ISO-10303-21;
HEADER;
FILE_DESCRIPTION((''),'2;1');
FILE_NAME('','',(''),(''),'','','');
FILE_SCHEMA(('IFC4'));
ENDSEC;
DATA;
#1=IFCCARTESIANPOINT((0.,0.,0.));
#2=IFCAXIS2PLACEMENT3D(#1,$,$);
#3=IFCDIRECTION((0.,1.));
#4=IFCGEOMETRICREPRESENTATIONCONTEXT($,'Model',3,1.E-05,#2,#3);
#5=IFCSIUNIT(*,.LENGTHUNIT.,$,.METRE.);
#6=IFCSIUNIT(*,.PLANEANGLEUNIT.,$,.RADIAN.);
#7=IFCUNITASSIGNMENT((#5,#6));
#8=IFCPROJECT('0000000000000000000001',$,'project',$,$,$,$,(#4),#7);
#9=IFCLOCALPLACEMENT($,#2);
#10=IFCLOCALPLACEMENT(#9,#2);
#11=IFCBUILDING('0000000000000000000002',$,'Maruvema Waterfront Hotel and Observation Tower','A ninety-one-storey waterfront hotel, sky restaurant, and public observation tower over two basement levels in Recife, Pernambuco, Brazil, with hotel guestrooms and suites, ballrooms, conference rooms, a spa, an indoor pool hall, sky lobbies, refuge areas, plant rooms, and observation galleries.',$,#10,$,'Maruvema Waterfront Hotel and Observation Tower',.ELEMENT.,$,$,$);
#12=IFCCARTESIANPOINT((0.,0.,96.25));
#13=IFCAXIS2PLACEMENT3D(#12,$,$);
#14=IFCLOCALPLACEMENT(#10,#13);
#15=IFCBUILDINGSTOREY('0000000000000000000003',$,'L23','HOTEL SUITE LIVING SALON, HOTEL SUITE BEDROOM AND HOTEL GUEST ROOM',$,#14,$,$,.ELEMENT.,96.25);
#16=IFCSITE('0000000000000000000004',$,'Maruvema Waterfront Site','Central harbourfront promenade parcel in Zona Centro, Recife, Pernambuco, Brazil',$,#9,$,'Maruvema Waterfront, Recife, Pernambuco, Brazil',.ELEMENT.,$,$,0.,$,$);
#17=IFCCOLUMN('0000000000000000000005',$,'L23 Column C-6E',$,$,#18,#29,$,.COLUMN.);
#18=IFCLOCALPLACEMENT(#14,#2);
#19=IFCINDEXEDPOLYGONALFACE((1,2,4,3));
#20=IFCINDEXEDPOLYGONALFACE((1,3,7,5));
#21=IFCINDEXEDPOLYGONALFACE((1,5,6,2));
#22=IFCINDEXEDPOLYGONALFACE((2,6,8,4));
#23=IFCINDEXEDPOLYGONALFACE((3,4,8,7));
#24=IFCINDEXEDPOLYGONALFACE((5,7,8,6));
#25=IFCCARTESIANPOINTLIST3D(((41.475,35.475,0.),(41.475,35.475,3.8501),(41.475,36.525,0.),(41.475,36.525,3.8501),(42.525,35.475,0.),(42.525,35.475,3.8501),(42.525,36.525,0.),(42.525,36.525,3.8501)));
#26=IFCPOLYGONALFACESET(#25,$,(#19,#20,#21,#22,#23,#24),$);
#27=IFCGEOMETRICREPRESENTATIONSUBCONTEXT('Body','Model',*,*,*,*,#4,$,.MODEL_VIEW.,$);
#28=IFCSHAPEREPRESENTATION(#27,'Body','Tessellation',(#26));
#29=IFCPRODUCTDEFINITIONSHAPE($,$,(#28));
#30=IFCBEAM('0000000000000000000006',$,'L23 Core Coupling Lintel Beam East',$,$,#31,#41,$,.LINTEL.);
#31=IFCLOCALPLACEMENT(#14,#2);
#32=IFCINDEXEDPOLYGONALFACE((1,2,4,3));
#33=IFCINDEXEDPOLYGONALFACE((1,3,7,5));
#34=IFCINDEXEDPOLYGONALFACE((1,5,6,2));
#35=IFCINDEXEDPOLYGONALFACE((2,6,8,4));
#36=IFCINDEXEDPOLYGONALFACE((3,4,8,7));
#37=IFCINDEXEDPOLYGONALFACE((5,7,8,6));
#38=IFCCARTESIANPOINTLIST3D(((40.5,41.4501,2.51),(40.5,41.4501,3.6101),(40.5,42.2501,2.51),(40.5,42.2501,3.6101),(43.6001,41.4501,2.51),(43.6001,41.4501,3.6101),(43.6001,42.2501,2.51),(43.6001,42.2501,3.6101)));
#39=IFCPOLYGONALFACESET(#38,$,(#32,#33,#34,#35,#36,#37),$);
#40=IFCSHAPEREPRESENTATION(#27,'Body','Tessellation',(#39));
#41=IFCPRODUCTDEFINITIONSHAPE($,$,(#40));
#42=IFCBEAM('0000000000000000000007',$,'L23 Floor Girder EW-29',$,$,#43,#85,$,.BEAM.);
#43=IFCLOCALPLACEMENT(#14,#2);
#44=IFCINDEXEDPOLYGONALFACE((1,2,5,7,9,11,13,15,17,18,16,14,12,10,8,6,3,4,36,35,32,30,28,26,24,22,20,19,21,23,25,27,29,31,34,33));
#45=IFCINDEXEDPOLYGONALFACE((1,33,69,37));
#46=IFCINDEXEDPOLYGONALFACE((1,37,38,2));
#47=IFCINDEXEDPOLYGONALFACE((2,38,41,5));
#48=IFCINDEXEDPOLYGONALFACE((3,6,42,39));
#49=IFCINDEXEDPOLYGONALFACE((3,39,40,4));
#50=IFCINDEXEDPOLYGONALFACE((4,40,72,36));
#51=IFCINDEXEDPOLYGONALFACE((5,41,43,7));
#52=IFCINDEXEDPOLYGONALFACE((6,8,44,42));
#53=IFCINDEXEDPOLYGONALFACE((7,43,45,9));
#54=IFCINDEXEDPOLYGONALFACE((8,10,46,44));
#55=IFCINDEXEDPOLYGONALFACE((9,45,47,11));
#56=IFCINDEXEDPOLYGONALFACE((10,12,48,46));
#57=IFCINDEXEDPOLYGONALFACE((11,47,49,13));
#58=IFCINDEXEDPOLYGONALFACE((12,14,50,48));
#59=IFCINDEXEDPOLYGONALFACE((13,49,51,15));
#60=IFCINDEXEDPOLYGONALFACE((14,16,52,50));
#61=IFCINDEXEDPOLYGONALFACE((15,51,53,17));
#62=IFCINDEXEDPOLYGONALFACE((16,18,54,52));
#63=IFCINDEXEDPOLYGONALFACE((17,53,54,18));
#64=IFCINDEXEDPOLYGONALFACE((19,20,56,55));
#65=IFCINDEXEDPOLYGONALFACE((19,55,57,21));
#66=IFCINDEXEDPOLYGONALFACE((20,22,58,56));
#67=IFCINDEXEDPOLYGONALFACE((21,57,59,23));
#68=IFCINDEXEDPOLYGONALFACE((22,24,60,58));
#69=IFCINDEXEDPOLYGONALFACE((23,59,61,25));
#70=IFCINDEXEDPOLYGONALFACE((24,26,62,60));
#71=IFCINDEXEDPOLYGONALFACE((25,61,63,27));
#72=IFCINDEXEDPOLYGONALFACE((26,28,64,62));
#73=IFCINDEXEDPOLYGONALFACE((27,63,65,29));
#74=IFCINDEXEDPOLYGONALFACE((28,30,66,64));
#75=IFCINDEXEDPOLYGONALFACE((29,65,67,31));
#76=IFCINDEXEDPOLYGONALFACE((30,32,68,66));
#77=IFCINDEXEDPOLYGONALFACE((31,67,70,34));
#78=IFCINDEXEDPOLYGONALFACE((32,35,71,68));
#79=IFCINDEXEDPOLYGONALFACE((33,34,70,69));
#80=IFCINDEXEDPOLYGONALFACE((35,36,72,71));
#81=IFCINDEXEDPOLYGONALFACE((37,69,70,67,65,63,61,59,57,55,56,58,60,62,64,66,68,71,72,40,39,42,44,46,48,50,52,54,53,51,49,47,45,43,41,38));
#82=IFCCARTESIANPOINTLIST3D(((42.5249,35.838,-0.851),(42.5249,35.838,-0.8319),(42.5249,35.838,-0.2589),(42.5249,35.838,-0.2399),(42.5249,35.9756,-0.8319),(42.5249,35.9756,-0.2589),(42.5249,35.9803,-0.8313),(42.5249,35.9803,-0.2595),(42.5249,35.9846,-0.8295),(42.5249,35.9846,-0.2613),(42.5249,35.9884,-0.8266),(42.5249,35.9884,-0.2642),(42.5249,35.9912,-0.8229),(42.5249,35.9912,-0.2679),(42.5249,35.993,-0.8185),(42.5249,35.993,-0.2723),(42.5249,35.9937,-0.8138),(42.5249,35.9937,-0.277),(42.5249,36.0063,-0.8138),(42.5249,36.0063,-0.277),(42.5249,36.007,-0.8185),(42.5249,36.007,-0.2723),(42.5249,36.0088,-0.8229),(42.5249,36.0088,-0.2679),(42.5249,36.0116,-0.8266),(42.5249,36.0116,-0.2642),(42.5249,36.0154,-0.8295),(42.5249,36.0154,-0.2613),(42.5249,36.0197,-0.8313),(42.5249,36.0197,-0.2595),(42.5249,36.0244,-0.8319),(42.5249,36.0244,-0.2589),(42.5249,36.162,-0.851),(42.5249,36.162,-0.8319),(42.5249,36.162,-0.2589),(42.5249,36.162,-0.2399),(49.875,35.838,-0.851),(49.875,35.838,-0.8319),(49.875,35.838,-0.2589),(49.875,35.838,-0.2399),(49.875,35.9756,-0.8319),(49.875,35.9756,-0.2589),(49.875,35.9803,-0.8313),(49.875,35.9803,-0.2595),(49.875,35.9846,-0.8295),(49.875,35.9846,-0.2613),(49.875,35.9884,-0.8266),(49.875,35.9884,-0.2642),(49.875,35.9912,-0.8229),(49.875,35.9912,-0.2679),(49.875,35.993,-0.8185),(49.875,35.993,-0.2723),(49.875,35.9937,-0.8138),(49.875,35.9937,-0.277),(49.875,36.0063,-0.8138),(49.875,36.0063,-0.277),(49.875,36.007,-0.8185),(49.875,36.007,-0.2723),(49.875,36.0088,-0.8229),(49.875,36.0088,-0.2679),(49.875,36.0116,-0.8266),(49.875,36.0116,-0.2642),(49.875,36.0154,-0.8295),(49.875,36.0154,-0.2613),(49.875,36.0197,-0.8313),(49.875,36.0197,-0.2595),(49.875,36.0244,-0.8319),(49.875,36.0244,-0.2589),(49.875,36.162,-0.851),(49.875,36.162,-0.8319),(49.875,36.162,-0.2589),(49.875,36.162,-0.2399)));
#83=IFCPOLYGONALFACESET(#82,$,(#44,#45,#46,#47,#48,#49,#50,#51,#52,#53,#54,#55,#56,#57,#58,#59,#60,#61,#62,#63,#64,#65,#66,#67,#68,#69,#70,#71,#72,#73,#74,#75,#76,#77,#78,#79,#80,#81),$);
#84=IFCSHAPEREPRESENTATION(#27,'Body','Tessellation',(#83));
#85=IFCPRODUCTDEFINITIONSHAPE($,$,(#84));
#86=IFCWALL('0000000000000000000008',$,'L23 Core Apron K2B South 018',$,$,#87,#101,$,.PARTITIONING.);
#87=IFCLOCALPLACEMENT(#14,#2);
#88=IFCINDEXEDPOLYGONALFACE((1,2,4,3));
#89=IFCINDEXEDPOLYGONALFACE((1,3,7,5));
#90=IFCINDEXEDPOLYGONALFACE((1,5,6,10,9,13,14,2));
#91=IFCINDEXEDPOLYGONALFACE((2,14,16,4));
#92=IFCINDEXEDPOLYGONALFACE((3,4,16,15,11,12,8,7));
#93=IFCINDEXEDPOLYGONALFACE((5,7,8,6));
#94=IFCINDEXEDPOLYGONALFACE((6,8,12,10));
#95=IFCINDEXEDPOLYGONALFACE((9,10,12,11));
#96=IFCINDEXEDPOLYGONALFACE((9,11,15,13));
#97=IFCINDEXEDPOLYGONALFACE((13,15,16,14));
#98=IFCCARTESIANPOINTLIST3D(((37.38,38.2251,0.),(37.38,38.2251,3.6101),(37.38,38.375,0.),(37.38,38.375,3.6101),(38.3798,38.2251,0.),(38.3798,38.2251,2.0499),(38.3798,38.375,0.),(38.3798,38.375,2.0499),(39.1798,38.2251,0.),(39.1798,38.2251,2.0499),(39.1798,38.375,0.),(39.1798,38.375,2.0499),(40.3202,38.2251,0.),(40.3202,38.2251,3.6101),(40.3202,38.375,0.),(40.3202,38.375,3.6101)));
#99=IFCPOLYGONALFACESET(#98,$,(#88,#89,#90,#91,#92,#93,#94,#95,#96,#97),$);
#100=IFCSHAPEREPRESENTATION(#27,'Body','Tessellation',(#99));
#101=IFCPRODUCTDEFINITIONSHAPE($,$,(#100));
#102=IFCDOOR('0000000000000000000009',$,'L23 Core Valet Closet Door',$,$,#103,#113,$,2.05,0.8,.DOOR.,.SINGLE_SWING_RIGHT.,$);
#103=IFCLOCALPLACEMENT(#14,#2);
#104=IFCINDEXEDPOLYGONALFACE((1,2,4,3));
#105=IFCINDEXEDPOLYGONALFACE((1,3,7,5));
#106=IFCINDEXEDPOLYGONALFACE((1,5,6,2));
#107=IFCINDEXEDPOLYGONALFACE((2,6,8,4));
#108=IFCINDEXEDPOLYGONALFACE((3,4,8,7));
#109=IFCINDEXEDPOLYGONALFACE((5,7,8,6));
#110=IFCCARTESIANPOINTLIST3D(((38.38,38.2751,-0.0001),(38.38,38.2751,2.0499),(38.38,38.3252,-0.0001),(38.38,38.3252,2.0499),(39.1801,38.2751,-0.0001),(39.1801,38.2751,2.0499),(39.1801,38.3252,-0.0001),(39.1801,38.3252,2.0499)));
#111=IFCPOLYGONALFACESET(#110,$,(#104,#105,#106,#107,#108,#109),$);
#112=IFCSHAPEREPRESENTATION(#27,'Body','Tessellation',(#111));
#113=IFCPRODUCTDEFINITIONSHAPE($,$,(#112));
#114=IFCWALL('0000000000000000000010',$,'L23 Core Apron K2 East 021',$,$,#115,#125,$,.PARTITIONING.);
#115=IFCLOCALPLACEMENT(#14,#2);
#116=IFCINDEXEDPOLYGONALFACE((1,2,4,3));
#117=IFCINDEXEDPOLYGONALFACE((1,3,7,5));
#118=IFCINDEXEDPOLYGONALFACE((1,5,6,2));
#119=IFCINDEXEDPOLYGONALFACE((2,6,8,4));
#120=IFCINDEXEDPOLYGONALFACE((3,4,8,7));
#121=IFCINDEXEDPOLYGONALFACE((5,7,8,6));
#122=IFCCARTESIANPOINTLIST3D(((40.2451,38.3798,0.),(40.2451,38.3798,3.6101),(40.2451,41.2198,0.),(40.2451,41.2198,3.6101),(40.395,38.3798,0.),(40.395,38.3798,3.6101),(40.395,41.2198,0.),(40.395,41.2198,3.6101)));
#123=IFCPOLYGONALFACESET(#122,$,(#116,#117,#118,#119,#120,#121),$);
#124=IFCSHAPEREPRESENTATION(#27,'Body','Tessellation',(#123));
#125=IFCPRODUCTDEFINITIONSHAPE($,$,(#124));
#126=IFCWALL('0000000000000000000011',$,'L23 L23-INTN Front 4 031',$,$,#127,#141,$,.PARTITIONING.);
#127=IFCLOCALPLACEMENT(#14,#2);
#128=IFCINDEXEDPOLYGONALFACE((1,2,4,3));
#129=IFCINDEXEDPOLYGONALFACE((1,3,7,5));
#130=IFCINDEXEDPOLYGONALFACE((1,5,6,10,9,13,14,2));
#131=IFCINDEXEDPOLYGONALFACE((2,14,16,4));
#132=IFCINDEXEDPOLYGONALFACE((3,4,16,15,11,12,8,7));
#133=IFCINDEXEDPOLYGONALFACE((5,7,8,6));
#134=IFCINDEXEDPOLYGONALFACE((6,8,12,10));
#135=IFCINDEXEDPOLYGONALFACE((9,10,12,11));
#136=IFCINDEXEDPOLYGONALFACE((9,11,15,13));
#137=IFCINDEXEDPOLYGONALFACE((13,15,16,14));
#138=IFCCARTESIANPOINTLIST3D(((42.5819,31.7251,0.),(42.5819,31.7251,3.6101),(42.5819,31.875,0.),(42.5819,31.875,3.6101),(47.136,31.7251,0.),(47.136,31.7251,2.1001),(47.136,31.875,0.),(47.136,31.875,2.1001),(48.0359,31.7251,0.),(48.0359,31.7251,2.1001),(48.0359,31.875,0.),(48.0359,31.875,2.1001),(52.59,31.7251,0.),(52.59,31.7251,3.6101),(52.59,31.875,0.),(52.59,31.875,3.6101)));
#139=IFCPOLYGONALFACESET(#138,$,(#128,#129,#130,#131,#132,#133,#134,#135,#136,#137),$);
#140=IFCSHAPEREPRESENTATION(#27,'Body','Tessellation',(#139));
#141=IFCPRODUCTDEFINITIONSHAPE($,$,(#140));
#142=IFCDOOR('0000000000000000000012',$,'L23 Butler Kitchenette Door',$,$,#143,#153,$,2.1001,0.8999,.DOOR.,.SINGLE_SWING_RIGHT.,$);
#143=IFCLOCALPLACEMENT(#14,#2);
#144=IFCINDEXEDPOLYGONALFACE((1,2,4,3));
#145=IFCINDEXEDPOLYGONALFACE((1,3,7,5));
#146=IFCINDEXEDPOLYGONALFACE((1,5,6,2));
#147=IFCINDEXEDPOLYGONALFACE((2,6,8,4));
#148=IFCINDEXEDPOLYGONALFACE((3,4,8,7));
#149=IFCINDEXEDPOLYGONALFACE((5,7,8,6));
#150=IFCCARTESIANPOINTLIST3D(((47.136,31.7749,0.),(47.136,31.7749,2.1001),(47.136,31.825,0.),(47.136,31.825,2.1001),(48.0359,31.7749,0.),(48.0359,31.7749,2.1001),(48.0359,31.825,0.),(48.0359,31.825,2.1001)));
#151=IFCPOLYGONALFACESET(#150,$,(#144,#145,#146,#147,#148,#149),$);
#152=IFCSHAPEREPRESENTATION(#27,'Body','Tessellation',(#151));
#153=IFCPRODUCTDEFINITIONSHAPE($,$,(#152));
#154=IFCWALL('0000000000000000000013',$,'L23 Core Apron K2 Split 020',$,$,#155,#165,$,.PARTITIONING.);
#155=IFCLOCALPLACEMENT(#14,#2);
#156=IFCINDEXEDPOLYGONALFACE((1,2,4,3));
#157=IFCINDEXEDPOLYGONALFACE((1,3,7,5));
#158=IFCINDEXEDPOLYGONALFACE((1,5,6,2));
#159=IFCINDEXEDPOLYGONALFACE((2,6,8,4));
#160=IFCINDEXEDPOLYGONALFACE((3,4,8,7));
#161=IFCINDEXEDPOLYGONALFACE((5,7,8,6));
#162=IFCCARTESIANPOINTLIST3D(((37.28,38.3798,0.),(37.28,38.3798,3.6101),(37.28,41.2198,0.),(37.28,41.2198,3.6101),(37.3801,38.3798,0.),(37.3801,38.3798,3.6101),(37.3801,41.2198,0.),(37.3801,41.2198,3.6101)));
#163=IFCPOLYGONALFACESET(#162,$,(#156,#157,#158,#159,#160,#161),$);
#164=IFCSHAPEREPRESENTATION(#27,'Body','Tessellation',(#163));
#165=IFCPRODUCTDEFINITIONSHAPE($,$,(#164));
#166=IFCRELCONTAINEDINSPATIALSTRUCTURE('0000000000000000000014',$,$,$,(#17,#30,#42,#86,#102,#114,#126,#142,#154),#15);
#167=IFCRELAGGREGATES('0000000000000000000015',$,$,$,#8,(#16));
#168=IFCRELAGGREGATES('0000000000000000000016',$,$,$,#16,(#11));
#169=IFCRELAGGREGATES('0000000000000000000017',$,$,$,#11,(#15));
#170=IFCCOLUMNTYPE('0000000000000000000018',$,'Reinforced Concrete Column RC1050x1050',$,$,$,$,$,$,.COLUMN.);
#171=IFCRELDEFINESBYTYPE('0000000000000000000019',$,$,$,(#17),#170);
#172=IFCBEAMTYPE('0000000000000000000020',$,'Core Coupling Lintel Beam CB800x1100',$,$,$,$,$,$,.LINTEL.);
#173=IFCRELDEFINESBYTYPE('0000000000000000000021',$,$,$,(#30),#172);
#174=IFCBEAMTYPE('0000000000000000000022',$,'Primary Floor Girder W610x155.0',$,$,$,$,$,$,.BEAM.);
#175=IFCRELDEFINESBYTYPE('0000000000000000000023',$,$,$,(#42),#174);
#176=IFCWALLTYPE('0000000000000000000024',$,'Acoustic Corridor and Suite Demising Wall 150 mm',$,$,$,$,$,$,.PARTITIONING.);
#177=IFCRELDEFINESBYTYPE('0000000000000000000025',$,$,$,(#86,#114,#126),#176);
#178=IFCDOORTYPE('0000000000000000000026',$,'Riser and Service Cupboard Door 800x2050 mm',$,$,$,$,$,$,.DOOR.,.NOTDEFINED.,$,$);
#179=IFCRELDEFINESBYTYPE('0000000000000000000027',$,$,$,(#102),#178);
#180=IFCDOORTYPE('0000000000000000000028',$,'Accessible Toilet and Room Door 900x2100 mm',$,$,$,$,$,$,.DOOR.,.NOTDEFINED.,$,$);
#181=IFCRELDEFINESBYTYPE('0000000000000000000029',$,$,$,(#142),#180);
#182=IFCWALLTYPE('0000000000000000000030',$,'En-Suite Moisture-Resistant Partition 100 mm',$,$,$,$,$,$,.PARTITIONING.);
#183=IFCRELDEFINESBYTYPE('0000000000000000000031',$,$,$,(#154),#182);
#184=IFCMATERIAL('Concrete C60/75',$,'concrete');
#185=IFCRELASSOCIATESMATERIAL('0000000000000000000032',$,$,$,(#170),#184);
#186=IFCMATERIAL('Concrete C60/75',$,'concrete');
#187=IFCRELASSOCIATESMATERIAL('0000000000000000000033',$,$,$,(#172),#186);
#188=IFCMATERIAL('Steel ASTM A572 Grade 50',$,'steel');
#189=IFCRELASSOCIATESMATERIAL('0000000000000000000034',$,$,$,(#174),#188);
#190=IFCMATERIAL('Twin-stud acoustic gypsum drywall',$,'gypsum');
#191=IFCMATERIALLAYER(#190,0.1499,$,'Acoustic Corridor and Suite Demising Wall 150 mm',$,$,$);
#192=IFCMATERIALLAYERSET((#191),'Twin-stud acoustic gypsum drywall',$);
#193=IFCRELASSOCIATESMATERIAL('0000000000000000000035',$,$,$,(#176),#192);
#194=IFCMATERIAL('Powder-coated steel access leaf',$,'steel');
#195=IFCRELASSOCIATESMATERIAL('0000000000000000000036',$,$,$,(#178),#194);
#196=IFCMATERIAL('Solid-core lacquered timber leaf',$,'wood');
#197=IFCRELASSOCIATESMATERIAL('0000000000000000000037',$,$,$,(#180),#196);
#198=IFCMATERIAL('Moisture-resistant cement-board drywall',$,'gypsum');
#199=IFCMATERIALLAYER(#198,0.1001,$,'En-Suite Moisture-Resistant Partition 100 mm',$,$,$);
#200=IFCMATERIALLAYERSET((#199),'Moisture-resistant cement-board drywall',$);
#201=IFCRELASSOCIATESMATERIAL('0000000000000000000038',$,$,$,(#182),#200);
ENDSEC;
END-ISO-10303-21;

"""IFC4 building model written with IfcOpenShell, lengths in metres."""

from ifc_helpers import new_model, si_unit, direction, frame, frame_2d, origin, origin_2d, place, context, subcontext, project, spatial, rectangle, i_section, extrude, material, layer, layer_set, material_profile, profile_set, type_object, element, fill, save


model = new_model("IFC4")

# Units and contexts
model_context = context("Model", 3, precision=1e-05, world=origin(), true_north=direction((0.0, 1.0)))
body_context = subcontext(model_context, "Body", "Model", "MODEL_VIEW")
ifc_project = project(units=[si_unit("LENGTHUNIT", "METRE"), si_unit("PLANEANGLEUNIT", "RADIAN")], contexts=[model_context])

# Site, building, storey
site_placement = place(None, origin())
site = spatial("IfcSite", under=ifc_project, at=site_placement, Name="Maruvema Waterfront Site", Description="Central harbourfront promenade parcel in Zona Centro, Recife, Pernambuco, Brazil", LongName="Maruvema Waterfront, Recife, Pernambuco, Brazil", CompositionType="ELEMENT", RefElevation=0.0)
building_placement = place(site_placement, origin())
building = spatial("IfcBuilding", under=site, at=building_placement, Name="Maruvema Waterfront Hotel and Observation Tower", Description="A ninety-one-storey waterfront hotel, sky restaurant, and public observation tower over two basement levels in Recife, Pernambuco, Brazil, with hotel guestrooms and suites, ballrooms, conference rooms, a spa, an indoor pool hall, sky lobbies, refuge areas, plant rooms, and observation galleries.", LongName="Maruvema Waterfront Hotel and Observation Tower", CompositionType="ELEMENT")
storey_placement = place(building_placement, frame((0.0, 0.0, 96.25)))
storey = spatial("IfcBuildingStorey", under=building, at=storey_placement, Name="L23", Description="HOTEL SUITE LIVING SALON, HOTEL SUITE BEDROOM AND HOTEL GUEST ROOM", CompositionType="ELEMENT", Elevation=96.25)

# Column
ifc_material_1 = material(Name="Concrete C60/75", Category="concrete")
ifc_material_profile_1 = material_profile(ifc_material_1, rectangle(XDim=1.05, YDim=1.05, at=origin_2d()), Name="RC1050x1050")
ifc_profile_set_1 = profile_set([ifc_material_profile_1], Name="Concrete C60/75")
column_type = type_object("IfcColumnType", Name="Reinforced Concrete Column RC1050x1050", PredefinedType="COLUMN", material=ifc_profile_set_1)
column_placement = place(storey_placement, frame((42.0, 36.0, 0.0), z_axis=(0.0, 0.0, 1.0), x_axis=(1.0, 0.0, 0.0)))
element("IfcColumn", 1, at=column_placement, inside=storey, type_object=column_type, Name="L23 Column C-6E", PredefinedType="COLUMN", context=body_context, shape_type="SweptSolid", body=[
    extrude(rectangle(XDim=1.05, YDim=1.05, at=origin_2d()), origin(), (0.0, 0.0, 1.0), 3.8501),
])

# Beams
ifc_material_2 = material(Name="Concrete C60/75", Category="concrete")
ifc_material_profile_2 = material_profile(ifc_material_2, rectangle(XDim=0.8, YDim=1.1001, at=origin_2d()), Name="CB800x1100")
ifc_profile_set_2 = profile_set([ifc_material_profile_2], Name="Concrete C60/75")
beam_type_1 = type_object("IfcBeamType", Name="Core Coupling Lintel Beam CB800x1100", PredefinedType="LINTEL", material=ifc_profile_set_2)
beam_1_placement = place(storey_placement, frame((40.5, 41.8501, 3.0601), z_axis=(1.0, 0.0, 0.0), x_axis=(0.0, 1.0, 0.0)))
element("IfcBeam", 2, at=beam_1_placement, inside=storey, type_object=beam_type_1, Name="L23 Core Coupling Lintel Beam East", PredefinedType="LINTEL", context=body_context, shape_type="SweptSolid", body=[
    extrude(rectangle(XDim=0.8, YDim=1.1001, at=origin_2d()), origin(), (0.0, 0.0, 1.0), 3.1001),
])
ifc_material_3 = material(Name="Steel ASTM A572 Grade 50", Category="steel")
ifc_material_profile_3 = material_profile(ifc_material_3, i_section(OverallWidth=0.324, OverallDepth=0.6111, WebThickness=0.0127, FlangeThickness=0.019, FilletRadius=0.0181, at=origin_2d()), Name="W610x155.0")
ifc_profile_set_3 = profile_set([ifc_material_profile_3], Name="Steel ASTM A572 Grade 50")
beam_type_2 = type_object("IfcBeamType", Name="Primary Floor Girder W610x155.0", PredefinedType="BEAM", material=ifc_profile_set_3)
beam_2_placement = place(storey_placement, frame((42.5249, 36.0, -0.5454), z_axis=(1.0, 0.0, 0.0), x_axis=(0.0, 1.0, 0.0)))
element("IfcBeam", 3, at=beam_2_placement, inside=storey, type_object=beam_type_2, Name="L23 Floor Girder EW-29", PredefinedType="BEAM", context=body_context, shape_type="SweptSolid", body=[
    extrude(i_section(OverallWidth=0.324, OverallDepth=0.6111, WebThickness=0.0127, FlangeThickness=0.019, FilletRadius=0.0181, at=origin_2d()), origin(), (0.0, 0.0, 1.0), 7.3501),
])

# Wall, opening, door
ifc_material_4 = material(Name="Twin-stud acoustic gypsum drywall", Category="gypsum")
ifc_layer_1 = layer(ifc_material_4, 0.1499, Name="Acoustic Corridor and Suite Demising Wall 150 mm")
ifc_layer_set_1 = layer_set([ifc_layer_1], Name="Twin-stud acoustic gypsum drywall")
wall_type_1 = type_object("IfcWallType", Name="Acoustic Corridor and Suite Demising Wall 150 mm", PredefinedType="PARTITIONING", material=ifc_layer_set_1)
wall_1_placement = place(storey_placement, frame((37.3799, 38.3, 0.0), z_axis=(0.0, 0.0, 1.0), x_axis=(1.0, 0.0, 0.0)))
wall_1 = element("IfcWall", 4, at=wall_1_placement, inside=storey, type_object=wall_type_1, Name="L23 Core Apron K2B South 018", PredefinedType="PARTITIONING", context=body_context, shape_type="SweptSolid", body=[
    extrude(rectangle(XDim=2.9402, YDim=0.1499, at=frame_2d((1.4702, 0.0))), origin(), (0.0, 0.0, 1.0), 3.6101),
])
opening_1_placement = place(wall_1_placement, frame((1.0, 0.0, 0.0)))
opening_1 = element("IfcOpeningElement", 5, at=opening_1_placement, cuts=wall_1, PredefinedType="OPENING", context=body_context, shape_type="SweptSolid", body=[
    extrude(rectangle(XDim=0.8, YDim=2.05, at=frame_2d((0.3999, 1.0249))), frame((0.0, 0.085, 0.0), z_axis=(0.0, -1.0, 0.0), x_axis=(1.0, 0.0, 0.0)), (0.0, 0.0, 1.0), 0.1699),
])
ifc_material_5 = material(Name="Powder-coated steel access leaf", Category="steel")
door_type_1 = type_object("IfcDoorType", Name="Riser and Service Cupboard Door 800x2050 mm", OperationType="NOTDEFINED", PredefinedType="DOOR", material=ifc_material_5)
door_1_placement = place(opening_1_placement, frame((0.8, 0.0, 0.0), z_axis=(0.0, 0.0, 1.0), x_axis=(-1.0, 0.0, 0.0)))
door_1 = element("IfcDoor", 6, at=door_1_placement, inside=storey, type_object=door_type_1, Name="L23 Core Valet Closet Door", OperationType="SINGLE_SWING_RIGHT", OverallHeight=2.05, OverallWidth=0.8, PredefinedType="DOOR", context=body_context, shape_type="SweptSolid", body=[
    extrude(rectangle(XDim=0.8, YDim=2.05, at=frame_2d((0.3999, 1.0249))), frame((0.0, 0.0249, 0.0), z_axis=(0.0, -1.0, 0.0), x_axis=(1.0, 0.0, 0.0)), (0.0, 0.0, 1.0), 0.05),
])
fill(opening_1, door_1)

# Wall
wall_2_placement = place(storey_placement, frame((40.3201, 38.3799, 0.0), z_axis=(0.0, 0.0, 1.0), x_axis=(0.0, 1.0, 0.0)))
element("IfcWall", 7, at=wall_2_placement, inside=storey, type_object=wall_type_1, Name="L23 Core Apron K2 East 021", PredefinedType="PARTITIONING", context=body_context, shape_type="SweptSolid", body=[
    extrude(rectangle(XDim=2.8401, YDim=0.1499, at=frame_2d((1.4199, 0.0))), origin(), (0.0, 0.0, 1.0), 3.6101),
])

# Wall, opening, door
wall_3_placement = place(storey_placement, frame((42.582, 31.8, 0.0), z_axis=(0.0, 0.0, 1.0), x_axis=(1.0, 0.0, 0.0)))
wall_3 = element("IfcWall", 8, at=wall_3_placement, inside=storey, type_object=wall_type_1, Name="L23 L23-INTN Front 4 031", PredefinedType="PARTITIONING", context=body_context, shape_type="SweptSolid", body=[
    extrude(rectangle(XDim=10.0081, YDim=0.1499, at=frame_2d((5.0039, 0.0))), origin(), (0.0, 0.0, 1.0), 3.6101),
])
opening_2_placement = place(wall_3_placement, frame((4.554, 0.0, 0.0)))
opening_2 = element("IfcOpeningElement", 9, at=opening_2_placement, cuts=wall_3, PredefinedType="OPENING", context=body_context, shape_type="SweptSolid", body=[
    extrude(rectangle(XDim=0.8999, YDim=2.1001, at=frame_2d((0.45, 1.05))), frame((0.0, 0.085, 0.0), z_axis=(0.0, -1.0, 0.0), x_axis=(1.0, 0.0, 0.0)), (0.0, 0.0, 1.0), 0.1699),
])
ifc_material_6 = material(Name="Solid-core lacquered timber leaf", Category="wood")
door_type_2 = type_object("IfcDoorType", Name="Accessible Toilet and Room Door 900x2100 mm", OperationType="NOTDEFINED", PredefinedType="DOOR", material=ifc_material_6)
door_2_placement = place(opening_2_placement, origin())
door_2 = element("IfcDoor", 10, at=door_2_placement, inside=storey, type_object=door_type_2, Name="L23 Butler Kitchenette Door", OperationType="SINGLE_SWING_RIGHT", OverallHeight=2.1001, OverallWidth=0.8999, PredefinedType="DOOR", context=body_context, shape_type="SweptSolid", body=[
    extrude(rectangle(XDim=0.8999, YDim=2.1001, at=frame_2d((0.45, 1.05))), frame((0.0, 0.0249, 0.0), z_axis=(0.0, -1.0, 0.0), x_axis=(1.0, 0.0, 0.0)), (0.0, 0.0, 1.0), 0.05),
])
fill(opening_2, door_2)

# Wall
ifc_material_7 = material(Name="Moisture-resistant cement-board drywall", Category="gypsum")
ifc_layer_2 = layer(ifc_material_7, 0.1001, Name="En-Suite Moisture-Resistant Partition 100 mm")
ifc_layer_set_2 = layer_set([ifc_layer_2], Name="Moisture-resistant cement-board drywall")
wall_type_2 = type_object("IfcWallType", Name="En-Suite Moisture-Resistant Partition 100 mm", PredefinedType="PARTITIONING", material=ifc_layer_set_2)
wall_4_placement = place(storey_placement, frame((37.3301, 38.3799, 0.0), z_axis=(0.0, 0.0, 1.0), x_axis=(0.0, 1.0, 0.0)))
element("IfcWall", 11, at=wall_4_placement, inside=storey, type_object=wall_type_2, Name="L23 Core Apron K2 Split 020", PredefinedType="PARTITIONING", context=body_context, shape_type="SweptSolid", body=[
    extrude(rectangle(XDim=2.8401, YDim=0.1001, at=frame_2d((1.4199, 0.0))), origin(), (0.0, 0.0, 1.0), 3.6101),
])

save(model, "model.ifc")
